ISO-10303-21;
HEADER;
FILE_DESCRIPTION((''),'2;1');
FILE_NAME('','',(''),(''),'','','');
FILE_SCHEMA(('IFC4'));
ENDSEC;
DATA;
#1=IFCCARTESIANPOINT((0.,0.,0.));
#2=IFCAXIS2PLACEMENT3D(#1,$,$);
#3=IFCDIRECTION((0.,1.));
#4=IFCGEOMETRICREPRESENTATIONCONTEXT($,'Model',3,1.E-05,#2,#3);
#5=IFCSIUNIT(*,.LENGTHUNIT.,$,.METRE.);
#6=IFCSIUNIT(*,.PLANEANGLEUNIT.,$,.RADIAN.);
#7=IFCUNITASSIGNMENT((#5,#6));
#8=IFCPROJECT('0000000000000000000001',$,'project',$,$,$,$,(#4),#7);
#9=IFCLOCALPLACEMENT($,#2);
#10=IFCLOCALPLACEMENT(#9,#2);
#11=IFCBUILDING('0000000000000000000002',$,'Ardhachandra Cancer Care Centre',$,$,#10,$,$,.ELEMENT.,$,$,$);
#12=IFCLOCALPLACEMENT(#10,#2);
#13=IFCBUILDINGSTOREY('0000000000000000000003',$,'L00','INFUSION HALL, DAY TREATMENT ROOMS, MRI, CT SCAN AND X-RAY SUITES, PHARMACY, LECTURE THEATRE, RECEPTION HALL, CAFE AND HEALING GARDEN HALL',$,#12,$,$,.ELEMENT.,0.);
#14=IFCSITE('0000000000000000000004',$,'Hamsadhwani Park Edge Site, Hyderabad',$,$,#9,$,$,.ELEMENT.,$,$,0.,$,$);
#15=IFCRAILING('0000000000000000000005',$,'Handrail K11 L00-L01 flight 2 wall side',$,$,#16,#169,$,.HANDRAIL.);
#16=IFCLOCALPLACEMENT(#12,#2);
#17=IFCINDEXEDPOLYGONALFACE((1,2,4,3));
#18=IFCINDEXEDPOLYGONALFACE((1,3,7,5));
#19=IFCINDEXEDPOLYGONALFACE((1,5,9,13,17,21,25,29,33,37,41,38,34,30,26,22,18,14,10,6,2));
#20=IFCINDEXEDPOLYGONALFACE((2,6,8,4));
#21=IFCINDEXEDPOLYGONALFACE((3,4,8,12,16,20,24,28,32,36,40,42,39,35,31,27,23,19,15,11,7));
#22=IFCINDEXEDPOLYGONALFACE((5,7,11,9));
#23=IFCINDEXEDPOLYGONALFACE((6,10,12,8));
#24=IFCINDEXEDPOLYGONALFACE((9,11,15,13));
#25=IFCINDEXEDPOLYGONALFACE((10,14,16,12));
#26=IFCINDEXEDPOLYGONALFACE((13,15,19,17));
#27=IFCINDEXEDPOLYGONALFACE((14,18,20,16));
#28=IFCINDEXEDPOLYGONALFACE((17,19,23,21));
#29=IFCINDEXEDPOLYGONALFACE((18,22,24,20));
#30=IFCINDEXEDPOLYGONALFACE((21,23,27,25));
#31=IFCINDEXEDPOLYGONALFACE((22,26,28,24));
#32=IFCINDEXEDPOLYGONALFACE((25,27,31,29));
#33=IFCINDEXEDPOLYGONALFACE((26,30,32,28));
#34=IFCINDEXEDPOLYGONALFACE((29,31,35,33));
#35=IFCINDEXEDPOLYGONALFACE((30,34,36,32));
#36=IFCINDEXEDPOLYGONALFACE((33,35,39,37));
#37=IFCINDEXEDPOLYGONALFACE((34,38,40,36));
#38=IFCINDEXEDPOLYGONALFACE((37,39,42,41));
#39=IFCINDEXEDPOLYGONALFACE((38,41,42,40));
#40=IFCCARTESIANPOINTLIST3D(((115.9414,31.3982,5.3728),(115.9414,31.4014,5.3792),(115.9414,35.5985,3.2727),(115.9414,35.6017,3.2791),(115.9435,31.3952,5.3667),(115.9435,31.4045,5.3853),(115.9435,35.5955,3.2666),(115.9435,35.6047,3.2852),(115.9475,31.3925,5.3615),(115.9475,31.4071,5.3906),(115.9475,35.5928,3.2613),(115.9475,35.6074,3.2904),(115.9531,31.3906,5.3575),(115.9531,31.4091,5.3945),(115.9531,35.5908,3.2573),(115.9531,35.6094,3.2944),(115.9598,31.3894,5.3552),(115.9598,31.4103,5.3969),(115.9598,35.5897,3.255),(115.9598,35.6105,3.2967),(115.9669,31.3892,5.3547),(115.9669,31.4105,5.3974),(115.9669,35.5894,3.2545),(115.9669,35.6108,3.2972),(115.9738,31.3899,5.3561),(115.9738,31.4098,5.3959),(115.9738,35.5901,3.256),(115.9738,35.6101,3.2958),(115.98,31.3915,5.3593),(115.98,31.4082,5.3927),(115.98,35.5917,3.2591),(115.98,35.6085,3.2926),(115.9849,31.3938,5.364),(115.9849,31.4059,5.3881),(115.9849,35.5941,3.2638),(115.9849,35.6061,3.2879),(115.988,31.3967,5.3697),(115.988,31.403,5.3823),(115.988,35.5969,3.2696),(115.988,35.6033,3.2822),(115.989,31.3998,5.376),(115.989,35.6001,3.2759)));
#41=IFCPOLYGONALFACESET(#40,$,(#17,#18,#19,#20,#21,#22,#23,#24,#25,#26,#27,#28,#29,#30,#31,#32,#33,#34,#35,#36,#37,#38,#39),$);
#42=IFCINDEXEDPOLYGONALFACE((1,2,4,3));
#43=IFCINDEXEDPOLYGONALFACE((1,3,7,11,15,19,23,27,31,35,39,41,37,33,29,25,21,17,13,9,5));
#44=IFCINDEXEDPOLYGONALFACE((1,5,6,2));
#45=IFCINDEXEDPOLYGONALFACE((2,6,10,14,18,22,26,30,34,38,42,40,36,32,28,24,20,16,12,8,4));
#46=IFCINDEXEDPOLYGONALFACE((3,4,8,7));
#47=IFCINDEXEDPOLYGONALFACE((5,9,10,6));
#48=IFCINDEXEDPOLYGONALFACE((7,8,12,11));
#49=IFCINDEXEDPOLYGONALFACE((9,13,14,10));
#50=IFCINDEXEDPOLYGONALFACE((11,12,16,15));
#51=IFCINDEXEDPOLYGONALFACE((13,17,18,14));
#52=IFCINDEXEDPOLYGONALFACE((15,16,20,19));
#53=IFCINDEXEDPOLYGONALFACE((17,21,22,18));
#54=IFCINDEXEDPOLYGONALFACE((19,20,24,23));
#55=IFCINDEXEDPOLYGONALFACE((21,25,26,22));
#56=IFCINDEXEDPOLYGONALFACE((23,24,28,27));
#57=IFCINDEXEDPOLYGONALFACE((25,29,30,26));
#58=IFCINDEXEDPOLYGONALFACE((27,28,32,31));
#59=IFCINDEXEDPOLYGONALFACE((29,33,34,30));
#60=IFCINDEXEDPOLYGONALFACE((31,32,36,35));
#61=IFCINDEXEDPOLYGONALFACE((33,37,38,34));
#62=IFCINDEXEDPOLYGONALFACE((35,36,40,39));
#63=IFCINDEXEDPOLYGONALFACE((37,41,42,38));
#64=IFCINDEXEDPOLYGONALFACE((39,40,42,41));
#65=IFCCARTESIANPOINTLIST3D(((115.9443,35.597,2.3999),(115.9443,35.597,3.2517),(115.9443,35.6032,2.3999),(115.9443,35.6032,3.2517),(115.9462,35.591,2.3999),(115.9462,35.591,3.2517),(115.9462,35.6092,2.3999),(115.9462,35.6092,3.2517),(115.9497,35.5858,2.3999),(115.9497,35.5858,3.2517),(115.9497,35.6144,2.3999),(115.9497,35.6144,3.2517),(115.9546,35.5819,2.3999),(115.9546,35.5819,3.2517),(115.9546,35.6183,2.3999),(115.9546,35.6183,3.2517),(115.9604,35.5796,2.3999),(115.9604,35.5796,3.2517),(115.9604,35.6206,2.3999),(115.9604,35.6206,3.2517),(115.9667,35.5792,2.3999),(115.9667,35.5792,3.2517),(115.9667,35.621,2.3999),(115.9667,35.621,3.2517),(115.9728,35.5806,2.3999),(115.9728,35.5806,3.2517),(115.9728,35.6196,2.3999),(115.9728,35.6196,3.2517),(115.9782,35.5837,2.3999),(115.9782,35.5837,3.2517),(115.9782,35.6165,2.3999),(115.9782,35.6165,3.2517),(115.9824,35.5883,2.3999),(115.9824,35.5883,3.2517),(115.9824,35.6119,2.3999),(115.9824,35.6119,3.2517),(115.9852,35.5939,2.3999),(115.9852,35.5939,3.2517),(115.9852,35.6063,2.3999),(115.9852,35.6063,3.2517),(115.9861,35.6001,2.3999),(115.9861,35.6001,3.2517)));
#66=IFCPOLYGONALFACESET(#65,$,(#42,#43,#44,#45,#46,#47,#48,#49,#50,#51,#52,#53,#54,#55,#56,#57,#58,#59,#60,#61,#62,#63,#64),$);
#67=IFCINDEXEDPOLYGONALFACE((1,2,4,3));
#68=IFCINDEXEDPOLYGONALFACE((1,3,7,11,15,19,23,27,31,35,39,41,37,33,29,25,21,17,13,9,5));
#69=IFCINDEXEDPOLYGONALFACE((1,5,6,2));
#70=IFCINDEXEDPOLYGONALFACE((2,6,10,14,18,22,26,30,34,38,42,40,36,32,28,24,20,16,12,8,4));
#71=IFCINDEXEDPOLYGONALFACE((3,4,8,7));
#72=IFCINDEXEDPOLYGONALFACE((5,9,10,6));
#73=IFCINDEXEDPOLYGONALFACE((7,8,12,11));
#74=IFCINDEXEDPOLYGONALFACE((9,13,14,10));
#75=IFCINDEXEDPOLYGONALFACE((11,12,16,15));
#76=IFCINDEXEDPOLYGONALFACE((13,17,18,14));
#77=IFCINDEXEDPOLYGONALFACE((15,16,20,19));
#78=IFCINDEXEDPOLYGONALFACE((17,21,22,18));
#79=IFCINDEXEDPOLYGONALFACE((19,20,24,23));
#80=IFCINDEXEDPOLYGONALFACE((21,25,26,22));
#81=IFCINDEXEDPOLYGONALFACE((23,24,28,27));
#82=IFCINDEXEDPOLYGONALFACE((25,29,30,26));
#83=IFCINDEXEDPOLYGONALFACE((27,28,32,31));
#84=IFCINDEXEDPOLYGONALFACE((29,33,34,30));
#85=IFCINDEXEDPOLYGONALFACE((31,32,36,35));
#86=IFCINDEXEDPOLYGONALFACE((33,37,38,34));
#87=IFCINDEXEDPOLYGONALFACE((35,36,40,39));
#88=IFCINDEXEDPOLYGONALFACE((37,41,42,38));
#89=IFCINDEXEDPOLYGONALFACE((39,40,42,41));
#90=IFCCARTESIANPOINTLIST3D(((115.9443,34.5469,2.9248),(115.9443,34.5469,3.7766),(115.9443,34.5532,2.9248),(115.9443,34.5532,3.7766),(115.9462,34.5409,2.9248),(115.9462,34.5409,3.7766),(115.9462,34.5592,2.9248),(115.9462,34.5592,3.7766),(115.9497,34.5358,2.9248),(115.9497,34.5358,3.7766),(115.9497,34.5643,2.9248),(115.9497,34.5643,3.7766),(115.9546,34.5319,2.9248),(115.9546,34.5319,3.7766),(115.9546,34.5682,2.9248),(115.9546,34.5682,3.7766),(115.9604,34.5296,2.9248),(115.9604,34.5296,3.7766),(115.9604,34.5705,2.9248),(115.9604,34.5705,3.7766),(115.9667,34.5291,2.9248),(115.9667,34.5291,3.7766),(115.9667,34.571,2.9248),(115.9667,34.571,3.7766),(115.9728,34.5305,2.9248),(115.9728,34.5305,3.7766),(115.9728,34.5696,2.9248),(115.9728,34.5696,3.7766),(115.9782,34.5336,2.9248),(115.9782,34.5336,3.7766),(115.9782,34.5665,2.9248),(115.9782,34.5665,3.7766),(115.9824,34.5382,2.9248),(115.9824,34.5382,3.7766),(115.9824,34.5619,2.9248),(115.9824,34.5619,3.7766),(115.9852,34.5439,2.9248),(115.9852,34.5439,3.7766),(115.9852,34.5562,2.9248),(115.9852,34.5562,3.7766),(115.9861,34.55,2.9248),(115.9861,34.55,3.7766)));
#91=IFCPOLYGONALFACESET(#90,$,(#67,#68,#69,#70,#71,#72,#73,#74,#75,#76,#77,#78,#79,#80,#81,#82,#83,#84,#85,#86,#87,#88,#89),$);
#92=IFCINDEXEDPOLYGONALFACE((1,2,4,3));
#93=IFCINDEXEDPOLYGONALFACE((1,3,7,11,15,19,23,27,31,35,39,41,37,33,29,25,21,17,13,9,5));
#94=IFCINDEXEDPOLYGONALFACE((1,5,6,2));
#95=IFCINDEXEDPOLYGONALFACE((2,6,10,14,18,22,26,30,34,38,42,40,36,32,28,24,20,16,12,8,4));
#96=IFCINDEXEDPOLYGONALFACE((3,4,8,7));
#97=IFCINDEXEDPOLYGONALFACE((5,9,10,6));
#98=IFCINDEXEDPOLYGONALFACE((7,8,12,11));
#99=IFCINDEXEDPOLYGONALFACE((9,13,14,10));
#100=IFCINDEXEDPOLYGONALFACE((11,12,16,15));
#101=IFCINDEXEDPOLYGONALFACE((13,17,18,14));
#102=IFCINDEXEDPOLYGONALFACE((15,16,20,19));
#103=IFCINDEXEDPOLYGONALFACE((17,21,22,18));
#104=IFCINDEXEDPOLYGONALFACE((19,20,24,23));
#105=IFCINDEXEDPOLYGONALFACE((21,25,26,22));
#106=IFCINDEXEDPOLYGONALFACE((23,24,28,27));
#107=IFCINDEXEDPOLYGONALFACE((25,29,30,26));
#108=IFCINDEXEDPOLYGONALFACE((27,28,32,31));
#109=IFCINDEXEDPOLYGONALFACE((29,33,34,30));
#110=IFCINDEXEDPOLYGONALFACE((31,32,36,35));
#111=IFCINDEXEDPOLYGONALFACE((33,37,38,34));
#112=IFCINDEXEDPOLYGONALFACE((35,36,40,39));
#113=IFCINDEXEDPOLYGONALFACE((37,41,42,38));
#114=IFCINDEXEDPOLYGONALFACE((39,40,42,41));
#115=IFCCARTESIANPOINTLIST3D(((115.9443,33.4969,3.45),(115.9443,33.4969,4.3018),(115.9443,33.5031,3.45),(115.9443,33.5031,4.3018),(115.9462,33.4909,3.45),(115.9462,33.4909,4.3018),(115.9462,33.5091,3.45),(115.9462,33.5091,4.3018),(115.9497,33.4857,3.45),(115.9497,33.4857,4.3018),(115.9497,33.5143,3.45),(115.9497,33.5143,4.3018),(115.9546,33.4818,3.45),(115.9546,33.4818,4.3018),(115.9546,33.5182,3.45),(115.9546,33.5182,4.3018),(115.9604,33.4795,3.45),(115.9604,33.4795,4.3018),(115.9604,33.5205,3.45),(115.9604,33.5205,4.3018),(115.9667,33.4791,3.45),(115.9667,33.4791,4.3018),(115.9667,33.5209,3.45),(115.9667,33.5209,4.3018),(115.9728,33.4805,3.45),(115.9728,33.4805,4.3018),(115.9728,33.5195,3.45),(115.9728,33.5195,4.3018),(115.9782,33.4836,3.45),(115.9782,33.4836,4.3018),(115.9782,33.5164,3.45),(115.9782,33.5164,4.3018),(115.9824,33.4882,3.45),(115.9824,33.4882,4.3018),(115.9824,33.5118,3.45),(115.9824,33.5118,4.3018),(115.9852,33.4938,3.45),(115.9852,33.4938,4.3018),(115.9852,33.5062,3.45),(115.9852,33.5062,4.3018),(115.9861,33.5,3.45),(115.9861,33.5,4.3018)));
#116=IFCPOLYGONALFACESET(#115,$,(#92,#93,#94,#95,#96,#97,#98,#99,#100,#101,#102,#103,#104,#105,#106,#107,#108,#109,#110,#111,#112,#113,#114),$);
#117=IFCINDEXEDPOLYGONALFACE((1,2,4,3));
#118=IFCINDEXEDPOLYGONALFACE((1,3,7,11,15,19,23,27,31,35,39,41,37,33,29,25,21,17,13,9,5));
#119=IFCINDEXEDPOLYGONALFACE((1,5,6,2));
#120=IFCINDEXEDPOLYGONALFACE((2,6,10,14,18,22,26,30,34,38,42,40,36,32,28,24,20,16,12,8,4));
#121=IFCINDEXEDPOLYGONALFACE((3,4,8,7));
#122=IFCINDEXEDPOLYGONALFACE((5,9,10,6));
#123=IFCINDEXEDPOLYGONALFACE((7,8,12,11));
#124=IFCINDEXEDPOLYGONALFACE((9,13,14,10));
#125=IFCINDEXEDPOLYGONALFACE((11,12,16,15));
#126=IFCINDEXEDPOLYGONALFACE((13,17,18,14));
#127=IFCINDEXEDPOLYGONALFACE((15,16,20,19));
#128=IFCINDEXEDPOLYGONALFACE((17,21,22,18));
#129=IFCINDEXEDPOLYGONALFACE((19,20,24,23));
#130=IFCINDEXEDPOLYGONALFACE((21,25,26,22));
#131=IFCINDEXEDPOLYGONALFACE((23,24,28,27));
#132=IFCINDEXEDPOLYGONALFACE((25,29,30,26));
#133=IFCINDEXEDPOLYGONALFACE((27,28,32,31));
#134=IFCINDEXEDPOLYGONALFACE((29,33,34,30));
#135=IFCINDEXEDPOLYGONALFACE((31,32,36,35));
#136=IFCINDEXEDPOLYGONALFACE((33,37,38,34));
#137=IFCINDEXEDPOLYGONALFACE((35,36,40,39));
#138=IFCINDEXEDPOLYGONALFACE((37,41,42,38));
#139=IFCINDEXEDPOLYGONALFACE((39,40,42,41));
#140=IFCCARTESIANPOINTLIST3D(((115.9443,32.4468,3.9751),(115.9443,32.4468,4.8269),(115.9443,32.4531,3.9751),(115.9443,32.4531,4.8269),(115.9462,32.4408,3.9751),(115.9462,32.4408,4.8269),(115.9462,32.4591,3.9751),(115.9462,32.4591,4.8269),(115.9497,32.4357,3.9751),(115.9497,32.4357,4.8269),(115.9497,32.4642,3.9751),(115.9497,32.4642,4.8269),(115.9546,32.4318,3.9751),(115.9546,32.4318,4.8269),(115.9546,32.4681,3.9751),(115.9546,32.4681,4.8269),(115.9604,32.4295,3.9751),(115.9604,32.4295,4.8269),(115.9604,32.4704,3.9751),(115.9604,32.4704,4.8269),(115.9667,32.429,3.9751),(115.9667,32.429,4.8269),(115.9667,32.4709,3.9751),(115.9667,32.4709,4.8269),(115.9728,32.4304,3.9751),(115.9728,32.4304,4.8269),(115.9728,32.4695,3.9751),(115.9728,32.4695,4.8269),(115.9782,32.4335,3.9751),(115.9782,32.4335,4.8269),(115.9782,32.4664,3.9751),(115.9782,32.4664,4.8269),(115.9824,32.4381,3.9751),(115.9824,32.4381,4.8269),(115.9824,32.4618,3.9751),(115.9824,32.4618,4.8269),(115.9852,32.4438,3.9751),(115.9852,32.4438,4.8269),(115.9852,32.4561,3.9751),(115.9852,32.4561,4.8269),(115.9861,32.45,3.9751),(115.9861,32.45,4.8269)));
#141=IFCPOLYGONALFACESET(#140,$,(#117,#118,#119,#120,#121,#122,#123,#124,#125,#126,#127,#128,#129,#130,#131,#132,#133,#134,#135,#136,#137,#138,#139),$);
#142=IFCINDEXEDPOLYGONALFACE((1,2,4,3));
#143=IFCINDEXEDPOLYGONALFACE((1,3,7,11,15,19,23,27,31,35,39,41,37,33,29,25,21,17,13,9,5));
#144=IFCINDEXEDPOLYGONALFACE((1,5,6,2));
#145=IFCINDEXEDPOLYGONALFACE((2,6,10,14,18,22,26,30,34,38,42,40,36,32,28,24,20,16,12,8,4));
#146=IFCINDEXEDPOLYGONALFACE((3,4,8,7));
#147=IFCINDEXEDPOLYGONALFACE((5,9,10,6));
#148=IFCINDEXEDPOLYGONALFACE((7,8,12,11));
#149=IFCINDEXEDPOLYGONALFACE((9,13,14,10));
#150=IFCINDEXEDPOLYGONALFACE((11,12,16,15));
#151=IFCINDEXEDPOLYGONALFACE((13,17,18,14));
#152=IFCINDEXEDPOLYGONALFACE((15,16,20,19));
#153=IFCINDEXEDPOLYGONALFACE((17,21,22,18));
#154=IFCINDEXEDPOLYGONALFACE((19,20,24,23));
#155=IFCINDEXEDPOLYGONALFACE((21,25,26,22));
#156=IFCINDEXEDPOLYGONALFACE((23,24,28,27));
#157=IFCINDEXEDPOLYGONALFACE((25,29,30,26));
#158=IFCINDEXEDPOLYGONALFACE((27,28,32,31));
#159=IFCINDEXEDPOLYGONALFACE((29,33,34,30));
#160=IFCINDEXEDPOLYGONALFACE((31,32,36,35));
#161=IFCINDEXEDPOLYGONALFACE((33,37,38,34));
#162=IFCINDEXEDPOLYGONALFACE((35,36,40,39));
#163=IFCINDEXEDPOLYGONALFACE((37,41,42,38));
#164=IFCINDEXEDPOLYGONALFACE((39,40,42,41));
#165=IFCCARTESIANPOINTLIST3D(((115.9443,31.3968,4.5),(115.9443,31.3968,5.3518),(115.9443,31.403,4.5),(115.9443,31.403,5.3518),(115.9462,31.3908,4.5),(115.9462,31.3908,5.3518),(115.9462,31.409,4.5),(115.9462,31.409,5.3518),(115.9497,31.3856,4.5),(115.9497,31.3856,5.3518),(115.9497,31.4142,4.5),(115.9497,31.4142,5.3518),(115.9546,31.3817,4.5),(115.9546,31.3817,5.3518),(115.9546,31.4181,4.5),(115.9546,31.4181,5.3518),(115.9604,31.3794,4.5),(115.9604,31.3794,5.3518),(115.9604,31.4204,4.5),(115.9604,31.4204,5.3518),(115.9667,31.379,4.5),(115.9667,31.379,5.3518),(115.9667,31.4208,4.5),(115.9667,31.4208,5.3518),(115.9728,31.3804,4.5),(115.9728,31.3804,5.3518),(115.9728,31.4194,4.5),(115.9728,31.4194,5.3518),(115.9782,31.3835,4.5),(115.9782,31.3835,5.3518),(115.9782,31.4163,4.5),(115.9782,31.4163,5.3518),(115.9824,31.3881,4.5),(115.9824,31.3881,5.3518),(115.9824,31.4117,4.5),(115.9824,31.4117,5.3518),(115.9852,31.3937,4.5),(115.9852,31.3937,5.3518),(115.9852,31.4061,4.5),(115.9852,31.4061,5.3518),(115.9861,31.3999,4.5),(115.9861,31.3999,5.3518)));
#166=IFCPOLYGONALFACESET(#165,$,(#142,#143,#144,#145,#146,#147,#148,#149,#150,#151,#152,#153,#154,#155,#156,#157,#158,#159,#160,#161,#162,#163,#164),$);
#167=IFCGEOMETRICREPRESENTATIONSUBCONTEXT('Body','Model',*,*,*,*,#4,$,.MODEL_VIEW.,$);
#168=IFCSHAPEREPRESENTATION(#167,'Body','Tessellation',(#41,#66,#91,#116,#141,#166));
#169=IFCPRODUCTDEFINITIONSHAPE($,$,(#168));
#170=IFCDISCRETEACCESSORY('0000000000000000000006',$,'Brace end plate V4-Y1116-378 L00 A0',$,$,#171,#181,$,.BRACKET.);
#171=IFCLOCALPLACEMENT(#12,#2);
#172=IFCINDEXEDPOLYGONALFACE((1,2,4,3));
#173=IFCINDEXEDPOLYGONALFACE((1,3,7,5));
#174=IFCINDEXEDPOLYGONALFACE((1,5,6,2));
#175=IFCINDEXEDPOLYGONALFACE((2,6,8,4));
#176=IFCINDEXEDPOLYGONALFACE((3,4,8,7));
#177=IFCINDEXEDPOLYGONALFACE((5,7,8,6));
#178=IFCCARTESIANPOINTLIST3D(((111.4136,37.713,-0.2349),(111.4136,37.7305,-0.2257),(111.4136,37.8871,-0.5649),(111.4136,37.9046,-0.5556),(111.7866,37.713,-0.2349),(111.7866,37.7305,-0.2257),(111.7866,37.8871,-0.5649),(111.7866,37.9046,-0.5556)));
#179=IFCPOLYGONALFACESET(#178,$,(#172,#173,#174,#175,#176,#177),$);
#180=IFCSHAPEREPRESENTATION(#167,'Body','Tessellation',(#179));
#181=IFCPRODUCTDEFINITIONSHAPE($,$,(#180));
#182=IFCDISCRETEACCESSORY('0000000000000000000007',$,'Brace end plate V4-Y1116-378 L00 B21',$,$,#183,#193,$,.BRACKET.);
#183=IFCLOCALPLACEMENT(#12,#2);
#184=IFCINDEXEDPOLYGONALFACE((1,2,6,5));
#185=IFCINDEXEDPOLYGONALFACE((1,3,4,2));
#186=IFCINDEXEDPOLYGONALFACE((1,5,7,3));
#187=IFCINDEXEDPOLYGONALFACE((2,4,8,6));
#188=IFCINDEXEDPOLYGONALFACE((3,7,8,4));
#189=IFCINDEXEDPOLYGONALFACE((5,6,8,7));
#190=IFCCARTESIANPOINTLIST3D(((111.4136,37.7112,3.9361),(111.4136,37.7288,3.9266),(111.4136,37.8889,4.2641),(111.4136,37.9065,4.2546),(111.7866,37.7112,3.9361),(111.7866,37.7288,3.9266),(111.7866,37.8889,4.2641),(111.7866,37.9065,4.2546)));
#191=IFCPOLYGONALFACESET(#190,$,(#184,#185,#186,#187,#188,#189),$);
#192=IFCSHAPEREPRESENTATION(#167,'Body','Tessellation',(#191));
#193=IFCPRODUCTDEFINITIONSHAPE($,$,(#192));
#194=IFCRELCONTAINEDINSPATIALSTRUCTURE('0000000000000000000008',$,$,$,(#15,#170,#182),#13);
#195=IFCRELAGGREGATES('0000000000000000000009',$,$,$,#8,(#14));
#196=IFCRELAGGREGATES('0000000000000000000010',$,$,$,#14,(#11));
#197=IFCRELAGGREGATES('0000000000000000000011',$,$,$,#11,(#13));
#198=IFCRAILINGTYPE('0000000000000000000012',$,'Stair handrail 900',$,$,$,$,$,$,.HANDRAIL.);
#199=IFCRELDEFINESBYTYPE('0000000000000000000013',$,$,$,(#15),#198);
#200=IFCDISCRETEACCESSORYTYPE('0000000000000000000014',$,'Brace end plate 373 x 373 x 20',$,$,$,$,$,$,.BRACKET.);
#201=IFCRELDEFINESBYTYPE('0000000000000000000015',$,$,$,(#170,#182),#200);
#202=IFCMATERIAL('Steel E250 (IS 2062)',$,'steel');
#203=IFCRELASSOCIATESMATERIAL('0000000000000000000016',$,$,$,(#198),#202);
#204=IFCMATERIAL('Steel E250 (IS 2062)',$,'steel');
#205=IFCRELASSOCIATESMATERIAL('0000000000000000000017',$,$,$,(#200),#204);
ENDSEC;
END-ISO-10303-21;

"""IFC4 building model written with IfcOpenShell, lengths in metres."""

from ifc_helpers import new_model, si_unit, direction, frame, origin, origin_2d, place, context, subcontext, project, spatial, rectangle, circle, extrude, material, material_profile, profile_set, type_object, element, save


model = new_model("IFC4")

# Units and contexts
model_context = context("Model", 3, precision=1e-05, world=origin(), true_north=direction((0.0, 1.0)))
body_context = subcontext(model_context, "Body", "Model", "MODEL_VIEW")
ifc_project = project(units=[si_unit("LENGTHUNIT", "METRE"), si_unit("PLANEANGLEUNIT", "RADIAN")], contexts=[model_context])

# Site, building, storey
site_placement = place(None, origin())
site = spatial("IfcSite", under=ifc_project, at=site_placement, Name="Hamsadhwani Park Edge Site, Hyderabad", CompositionType="ELEMENT", RefElevation=0.0)
building_placement = place(site_placement, origin())
building = spatial("IfcBuilding", under=site, at=building_placement, Name="Ardhachandra Cancer Care Centre", CompositionType="ELEMENT")
storey_placement = place(building_placement, origin())
storey = spatial("IfcBuildingStorey", under=building, at=storey_placement, Name="L00", Description="INFUSION HALL, DAY TREATMENT ROOMS, MRI, CT SCAN AND X-RAY SUITES, PHARMACY, LECTURE THEATRE, RECEPTION HALL, CAFE AND HEALING GARDEN HALL", CompositionType="ELEMENT", Elevation=0.0)

# Railing
ifc_material_1 = material(Name="Steel E250 (IS 2062)", Category="steel")
railing_type_1 = type_object("IfcRailingType", Name="Stair handrail 900", PredefinedType="HANDRAIL", material=ifc_material_1)
for number, where, name in (
    (1, (115.9651, 35.6001, 2.3999), "Handrail K11 L00-L01 flight 2 wall side"),
):
    element("IfcRailing", number, at=place(storey_placement, frame(where)), inside=storey, type_object=railing_type_1, Name=name, PredefinedType="HANDRAIL", context=body_context, shape_type="SweptSolid", body=[
        extrude(circle(Radius=0.0239, at=origin_2d()), frame((0.0, 0.0, 0.876), z_axis=(0.0, -0.894427, 0.447214), x_axis=(1.0, 0.0, 0.0)), (0.0, 0.0, 1.0), 4.696),
        extrude(circle(Radius=0.021, at=origin_2d()), origin(), (0.0, 0.0, 1.0), 0.8518),
        extrude(circle(Radius=0.021, at=origin_2d()), frame((0.0, -1.05, 0.5249)), (0.0, 0.0, 1.0), 0.8518),
        extrude(circle(Radius=0.021, at=origin_2d()), frame((0.0, -2.1001, 1.05)), (0.0, 0.0, 1.0), 0.8518),
        extrude(circle(Radius=0.021, at=origin_2d()), frame((0.0, -3.1501, 1.5752)), (0.0, 0.0, 1.0), 0.8518),
        extrude(circle(Radius=0.021, at=origin_2d()), frame((0.0, -4.2002, 2.1001)), (0.0, 0.0, 1.0), 0.8518),
    ])

# Discrete accessories
ifc_material_2 = material(Name="Steel E250 (IS 2062)", Category="steel")
ifc_material_profile_1 = material_profile(ifc_material_2, rectangle(XDim=0.373, YDim=0.373, at=origin_2d()), Name="PL 373x373x20")
ifc_profile_set_1 = profile_set([ifc_material_profile_1], Name="Steel E250 (IS 2062)")
discrete_accessory_type = type_object("IfcDiscreteAccessoryType", Name="Brace end plate 373 x 373 x 20", PredefinedType="BRACKET", material=ifc_profile_set_1)
discrete_accessory_1_placement = place(storey_placement, frame((111.6001, 37.8, -0.3999), z_axis=(0.0, 0.884385, 0.466759), x_axis=(-1.0, 0.0, 0.0)))
element("IfcDiscreteAccessory", 2, at=discrete_accessory_1_placement, inside=storey, type_object=discrete_accessory_type, Name="Brace end plate V4-Y1116-378 L00 A0", PredefinedType="BRACKET", context=body_context, shape_type="SweptSolid", body=[
    extrude(rectangle(XDim=0.373, YDim=0.373, at=origin_2d()), origin(), (0.0, 0.0, 1.0), 0.0198),
])
discrete_accessory_2_placement = place(storey_placement, frame((111.6001, 37.8, 4.1001), z_axis=(0.0, 0.879292, -0.476283), x_axis=(-1.0, 0.0, 0.0)))
element("IfcDiscreteAccessory", 3, at=discrete_accessory_2_placement, inside=storey, type_object=discrete_accessory_type, Name="Brace end plate V4-Y1116-378 L00 B21", PredefinedType="BRACKET", context=body_context, shape_type="SweptSolid", body=[
    extrude(rectangle(XDim=0.373, YDim=0.373, at=origin_2d()), origin(), (0.0, 0.0, 1.0), 0.02),
])

save(model, "model.ifc")
